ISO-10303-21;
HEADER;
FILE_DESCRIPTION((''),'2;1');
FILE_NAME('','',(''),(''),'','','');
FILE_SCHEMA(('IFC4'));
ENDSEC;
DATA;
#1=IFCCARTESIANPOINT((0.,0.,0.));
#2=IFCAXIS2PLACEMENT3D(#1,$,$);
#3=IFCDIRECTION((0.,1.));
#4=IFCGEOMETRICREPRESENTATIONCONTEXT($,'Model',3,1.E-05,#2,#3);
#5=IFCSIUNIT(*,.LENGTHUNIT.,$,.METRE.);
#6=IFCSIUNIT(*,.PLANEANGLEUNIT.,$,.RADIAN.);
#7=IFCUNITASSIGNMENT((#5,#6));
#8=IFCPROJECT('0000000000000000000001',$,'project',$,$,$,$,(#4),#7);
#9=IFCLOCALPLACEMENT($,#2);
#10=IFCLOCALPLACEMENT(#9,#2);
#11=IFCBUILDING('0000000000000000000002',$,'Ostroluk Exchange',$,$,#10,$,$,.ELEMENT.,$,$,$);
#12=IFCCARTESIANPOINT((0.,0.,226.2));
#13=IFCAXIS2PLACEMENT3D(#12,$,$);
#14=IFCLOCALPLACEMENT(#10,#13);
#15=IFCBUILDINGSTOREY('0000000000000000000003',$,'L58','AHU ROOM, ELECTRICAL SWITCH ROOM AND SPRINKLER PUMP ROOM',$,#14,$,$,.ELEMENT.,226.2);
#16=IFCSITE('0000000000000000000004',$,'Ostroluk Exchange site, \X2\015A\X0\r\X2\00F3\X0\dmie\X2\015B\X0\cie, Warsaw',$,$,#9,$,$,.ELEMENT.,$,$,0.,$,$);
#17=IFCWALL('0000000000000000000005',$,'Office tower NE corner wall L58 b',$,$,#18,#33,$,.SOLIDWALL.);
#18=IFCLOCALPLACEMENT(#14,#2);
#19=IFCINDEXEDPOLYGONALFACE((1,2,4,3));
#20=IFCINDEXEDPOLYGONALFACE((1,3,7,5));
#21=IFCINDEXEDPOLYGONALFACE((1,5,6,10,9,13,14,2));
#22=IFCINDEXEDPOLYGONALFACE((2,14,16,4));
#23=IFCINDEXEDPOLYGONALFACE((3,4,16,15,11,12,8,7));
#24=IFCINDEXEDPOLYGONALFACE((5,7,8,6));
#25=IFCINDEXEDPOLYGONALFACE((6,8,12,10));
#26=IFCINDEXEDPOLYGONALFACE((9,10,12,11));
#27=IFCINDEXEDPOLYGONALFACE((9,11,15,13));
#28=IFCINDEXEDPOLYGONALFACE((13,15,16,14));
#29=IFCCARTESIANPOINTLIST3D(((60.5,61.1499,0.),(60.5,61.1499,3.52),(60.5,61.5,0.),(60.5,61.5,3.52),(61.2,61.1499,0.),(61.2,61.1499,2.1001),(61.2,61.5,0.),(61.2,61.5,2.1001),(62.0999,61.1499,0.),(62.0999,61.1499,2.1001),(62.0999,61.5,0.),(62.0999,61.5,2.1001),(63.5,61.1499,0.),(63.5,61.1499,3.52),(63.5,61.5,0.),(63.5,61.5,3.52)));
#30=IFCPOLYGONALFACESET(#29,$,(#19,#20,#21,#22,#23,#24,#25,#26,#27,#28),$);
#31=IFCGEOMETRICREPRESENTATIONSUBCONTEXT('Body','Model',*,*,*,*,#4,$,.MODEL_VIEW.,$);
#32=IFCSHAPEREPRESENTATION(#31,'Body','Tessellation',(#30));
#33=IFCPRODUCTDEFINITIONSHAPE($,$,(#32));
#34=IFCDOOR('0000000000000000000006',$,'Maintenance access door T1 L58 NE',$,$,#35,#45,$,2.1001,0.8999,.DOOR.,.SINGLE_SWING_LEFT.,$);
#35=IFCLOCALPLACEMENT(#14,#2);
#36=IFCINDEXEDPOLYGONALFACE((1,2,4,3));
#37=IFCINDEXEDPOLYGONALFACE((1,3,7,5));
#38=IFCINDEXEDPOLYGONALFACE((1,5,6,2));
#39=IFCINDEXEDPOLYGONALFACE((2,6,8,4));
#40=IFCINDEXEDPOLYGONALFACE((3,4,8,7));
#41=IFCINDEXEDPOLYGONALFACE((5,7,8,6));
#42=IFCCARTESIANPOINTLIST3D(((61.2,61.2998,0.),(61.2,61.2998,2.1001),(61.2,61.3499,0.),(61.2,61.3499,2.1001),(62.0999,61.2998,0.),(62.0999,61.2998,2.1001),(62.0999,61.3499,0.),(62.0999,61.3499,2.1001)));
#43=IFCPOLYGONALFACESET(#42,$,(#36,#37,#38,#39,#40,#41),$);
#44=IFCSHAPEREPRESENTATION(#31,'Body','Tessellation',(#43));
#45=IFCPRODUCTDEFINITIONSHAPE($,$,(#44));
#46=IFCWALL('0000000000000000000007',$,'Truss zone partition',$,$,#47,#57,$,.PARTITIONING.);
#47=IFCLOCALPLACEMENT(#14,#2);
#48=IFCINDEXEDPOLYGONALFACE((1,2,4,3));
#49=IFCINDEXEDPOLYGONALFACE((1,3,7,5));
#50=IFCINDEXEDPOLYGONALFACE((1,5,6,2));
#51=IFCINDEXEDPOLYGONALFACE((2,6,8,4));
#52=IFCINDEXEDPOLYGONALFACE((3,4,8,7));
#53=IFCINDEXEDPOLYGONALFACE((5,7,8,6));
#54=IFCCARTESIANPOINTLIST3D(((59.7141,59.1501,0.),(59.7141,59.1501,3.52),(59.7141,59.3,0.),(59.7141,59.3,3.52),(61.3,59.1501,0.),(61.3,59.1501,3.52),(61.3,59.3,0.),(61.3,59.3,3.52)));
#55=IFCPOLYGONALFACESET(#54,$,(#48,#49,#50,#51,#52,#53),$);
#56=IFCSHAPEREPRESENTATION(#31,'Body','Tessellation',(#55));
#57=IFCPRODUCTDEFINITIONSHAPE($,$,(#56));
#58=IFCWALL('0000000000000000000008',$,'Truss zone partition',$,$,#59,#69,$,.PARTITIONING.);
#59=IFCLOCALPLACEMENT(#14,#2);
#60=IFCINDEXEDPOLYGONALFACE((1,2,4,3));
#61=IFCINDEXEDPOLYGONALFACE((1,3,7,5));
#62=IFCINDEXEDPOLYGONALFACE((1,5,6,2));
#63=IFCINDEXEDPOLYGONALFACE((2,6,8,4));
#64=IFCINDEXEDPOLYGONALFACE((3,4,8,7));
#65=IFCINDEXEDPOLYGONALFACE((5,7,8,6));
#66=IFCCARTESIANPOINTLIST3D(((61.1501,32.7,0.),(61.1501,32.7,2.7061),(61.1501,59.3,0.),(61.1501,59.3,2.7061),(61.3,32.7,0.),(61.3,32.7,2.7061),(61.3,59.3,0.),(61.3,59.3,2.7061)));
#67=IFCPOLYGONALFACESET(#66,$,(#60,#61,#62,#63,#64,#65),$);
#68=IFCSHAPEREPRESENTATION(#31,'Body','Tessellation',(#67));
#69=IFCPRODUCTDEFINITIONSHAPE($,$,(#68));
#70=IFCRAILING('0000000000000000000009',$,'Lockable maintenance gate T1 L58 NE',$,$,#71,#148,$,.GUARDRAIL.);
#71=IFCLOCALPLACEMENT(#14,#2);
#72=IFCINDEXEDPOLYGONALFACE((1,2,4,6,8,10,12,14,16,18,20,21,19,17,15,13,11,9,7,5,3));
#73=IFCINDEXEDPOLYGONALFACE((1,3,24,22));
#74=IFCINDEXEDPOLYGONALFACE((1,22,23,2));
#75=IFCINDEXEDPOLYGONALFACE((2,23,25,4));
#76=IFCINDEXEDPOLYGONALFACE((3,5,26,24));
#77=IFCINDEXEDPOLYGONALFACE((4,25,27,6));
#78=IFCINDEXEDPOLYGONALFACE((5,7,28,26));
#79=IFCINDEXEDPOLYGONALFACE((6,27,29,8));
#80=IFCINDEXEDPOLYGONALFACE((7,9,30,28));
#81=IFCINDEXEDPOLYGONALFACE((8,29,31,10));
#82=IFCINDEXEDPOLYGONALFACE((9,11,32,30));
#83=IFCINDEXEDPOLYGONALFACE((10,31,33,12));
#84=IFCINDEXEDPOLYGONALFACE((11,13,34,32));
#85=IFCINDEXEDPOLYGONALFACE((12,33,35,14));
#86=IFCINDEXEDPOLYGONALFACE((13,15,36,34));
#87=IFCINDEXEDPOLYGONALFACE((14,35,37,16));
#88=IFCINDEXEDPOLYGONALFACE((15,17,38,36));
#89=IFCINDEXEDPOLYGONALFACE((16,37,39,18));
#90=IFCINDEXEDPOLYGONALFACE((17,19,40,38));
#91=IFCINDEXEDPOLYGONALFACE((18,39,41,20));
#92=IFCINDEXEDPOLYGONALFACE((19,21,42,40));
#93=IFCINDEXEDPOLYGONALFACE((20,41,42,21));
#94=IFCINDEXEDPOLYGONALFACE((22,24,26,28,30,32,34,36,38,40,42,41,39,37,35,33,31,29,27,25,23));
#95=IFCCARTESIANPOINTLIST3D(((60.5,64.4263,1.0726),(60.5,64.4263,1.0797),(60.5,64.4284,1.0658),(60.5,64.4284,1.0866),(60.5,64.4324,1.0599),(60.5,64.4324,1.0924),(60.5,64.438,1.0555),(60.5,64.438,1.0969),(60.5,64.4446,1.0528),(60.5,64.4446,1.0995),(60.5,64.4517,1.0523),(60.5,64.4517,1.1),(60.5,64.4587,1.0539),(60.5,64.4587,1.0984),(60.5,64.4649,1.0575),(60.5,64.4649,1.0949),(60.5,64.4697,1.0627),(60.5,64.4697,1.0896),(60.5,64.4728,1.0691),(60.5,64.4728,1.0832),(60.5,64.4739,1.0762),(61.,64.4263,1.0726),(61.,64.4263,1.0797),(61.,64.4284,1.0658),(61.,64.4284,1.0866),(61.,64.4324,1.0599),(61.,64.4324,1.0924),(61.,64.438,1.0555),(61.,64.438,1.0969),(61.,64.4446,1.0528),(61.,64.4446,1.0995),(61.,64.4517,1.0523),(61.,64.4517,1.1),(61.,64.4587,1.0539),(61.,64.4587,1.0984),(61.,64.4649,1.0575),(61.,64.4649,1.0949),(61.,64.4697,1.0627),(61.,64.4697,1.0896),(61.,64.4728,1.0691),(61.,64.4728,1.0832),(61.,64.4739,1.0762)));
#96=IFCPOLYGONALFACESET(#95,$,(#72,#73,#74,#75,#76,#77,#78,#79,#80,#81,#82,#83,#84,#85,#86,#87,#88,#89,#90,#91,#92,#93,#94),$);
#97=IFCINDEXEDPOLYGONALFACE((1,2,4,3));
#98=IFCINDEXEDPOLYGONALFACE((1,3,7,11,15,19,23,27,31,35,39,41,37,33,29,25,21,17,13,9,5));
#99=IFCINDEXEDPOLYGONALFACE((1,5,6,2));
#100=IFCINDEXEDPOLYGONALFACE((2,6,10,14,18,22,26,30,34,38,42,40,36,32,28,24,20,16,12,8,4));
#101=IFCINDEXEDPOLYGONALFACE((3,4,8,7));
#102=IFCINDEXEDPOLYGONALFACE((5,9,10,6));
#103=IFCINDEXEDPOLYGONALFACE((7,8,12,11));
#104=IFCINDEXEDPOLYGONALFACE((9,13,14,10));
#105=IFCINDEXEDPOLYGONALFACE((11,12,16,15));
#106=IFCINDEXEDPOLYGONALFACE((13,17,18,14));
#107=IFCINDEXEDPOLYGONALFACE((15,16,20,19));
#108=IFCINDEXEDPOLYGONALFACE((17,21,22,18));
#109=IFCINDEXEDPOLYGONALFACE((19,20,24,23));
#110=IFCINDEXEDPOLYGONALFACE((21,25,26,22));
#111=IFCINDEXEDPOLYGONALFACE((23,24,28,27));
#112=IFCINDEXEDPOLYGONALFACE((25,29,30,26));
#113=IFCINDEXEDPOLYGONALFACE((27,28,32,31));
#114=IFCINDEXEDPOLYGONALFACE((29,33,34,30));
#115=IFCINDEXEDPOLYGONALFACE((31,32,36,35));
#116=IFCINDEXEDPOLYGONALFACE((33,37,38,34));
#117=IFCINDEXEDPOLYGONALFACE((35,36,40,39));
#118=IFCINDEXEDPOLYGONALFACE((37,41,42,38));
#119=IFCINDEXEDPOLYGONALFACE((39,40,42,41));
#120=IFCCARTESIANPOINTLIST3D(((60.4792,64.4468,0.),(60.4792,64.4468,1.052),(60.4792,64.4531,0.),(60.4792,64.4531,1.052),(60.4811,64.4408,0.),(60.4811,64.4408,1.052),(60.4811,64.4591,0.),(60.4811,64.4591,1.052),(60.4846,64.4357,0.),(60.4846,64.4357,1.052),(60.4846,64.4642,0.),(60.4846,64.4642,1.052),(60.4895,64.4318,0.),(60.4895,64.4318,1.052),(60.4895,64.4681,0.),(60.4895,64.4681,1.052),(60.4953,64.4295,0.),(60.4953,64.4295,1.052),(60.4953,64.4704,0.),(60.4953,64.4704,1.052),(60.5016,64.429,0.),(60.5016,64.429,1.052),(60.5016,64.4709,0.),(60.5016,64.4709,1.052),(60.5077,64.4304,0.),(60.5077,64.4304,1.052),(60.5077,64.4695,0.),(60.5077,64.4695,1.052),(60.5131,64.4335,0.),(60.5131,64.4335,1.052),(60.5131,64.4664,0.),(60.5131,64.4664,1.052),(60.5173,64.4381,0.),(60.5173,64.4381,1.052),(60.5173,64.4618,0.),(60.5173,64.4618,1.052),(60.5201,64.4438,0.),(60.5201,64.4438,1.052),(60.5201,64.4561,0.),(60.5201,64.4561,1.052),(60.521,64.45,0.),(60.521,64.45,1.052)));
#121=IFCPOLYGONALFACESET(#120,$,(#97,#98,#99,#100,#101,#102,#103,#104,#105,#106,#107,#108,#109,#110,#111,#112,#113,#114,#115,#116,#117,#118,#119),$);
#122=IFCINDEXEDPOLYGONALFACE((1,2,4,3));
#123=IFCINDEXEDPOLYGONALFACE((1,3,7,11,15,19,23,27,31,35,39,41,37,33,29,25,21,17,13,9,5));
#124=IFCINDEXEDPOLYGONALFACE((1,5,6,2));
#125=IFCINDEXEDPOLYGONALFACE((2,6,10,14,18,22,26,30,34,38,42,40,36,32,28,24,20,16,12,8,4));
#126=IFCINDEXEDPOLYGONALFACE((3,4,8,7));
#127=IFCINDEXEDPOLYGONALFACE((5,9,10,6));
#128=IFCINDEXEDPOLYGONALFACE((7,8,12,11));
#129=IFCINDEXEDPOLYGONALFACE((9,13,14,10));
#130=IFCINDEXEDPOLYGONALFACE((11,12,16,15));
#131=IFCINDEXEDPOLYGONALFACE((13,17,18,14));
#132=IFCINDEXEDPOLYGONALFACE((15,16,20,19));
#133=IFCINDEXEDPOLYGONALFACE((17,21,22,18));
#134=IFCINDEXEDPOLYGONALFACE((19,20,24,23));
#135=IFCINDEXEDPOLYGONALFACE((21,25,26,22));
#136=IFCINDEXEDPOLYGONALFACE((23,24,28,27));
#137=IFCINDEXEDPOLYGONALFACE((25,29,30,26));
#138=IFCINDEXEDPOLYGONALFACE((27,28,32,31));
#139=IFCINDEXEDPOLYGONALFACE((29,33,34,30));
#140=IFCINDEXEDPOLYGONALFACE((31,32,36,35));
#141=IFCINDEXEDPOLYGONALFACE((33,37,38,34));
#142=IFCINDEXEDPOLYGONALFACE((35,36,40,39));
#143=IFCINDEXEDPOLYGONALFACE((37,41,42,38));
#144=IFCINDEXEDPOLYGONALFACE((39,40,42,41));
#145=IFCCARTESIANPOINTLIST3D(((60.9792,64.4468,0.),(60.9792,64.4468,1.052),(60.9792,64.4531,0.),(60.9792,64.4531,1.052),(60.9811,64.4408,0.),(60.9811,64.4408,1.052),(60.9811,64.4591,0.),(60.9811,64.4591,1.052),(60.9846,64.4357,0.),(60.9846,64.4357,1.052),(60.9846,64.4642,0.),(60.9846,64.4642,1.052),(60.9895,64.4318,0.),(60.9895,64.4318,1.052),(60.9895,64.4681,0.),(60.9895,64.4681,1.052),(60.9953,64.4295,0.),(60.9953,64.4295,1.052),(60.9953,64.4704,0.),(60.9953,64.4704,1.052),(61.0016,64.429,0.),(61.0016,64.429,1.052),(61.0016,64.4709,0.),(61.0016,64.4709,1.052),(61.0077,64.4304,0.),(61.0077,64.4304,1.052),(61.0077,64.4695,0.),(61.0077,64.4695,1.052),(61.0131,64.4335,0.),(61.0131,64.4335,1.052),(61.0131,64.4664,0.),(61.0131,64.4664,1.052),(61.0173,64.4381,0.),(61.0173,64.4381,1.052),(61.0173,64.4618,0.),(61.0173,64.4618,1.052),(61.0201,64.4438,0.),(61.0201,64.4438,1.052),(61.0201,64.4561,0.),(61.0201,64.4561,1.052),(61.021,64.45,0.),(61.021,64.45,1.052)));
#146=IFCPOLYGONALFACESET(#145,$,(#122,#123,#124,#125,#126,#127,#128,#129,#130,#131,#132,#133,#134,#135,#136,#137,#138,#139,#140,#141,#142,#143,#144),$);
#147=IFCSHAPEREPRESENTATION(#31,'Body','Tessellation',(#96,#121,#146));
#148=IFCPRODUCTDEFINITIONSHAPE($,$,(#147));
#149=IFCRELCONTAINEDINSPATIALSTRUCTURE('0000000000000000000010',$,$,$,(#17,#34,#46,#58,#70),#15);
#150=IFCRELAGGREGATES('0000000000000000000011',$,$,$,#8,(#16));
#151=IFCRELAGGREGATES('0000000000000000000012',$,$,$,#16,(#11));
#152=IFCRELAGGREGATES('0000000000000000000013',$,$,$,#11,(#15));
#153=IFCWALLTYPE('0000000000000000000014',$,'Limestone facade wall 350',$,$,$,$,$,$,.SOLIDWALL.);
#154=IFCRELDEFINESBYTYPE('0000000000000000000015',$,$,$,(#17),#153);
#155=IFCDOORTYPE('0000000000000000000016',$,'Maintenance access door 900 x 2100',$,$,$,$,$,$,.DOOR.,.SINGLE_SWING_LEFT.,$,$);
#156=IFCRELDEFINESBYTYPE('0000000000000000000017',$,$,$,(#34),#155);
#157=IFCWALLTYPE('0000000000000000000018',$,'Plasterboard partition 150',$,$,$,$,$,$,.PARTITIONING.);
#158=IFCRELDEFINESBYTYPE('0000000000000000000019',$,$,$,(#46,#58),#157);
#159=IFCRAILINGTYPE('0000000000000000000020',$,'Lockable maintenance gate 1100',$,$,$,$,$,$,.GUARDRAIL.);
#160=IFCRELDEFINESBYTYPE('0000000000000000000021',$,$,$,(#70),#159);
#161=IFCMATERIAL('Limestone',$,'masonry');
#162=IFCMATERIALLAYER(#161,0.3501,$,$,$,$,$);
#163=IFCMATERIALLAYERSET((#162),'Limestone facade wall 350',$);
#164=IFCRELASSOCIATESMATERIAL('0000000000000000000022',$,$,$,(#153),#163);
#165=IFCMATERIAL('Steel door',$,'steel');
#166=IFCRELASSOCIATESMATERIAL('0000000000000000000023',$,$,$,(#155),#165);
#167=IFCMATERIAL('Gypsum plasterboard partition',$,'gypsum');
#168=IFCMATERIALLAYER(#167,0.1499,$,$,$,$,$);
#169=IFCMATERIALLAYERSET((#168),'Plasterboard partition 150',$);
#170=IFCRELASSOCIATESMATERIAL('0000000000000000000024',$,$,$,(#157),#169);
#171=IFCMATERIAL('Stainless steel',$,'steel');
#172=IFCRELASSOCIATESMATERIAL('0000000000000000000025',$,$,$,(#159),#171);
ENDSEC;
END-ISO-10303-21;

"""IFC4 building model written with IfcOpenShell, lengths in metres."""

from ifc_helpers import new_model, si_unit, direction, frame, frame_2d, origin, origin_2d, place, context, subcontext, project, spatial, rectangle, circle, extrude, material, layer, layer_set, type_object, element, fill, save


model = new_model("IFC4")

# Units and contexts
model_context = context("Model", 3, precision=1e-05, world=origin(), true_north=direction((0.0, 1.0)))
body_context = subcontext(model_context, "Body", "Model", "MODEL_VIEW")
ifc_project = project(units=[si_unit("LENGTHUNIT", "METRE"), si_unit("PLANEANGLEUNIT", "RADIAN")], contexts=[model_context])

# Site, building, storey
site_placement = place(None, origin())
site = spatial("IfcSite", under=ifc_project, at=site_placement, Name="Ostroluk Exchange site, Śródmieście, Warsaw", CompositionType="ELEMENT", RefElevation=0.0)
building_placement = place(site_placement, origin())
building = spatial("IfcBuilding", under=site, at=building_placement, Name="Ostroluk Exchange", CompositionType="ELEMENT")
storey_placement = place(building_placement, frame((0.0, 0.0, 226.2)))
storey = spatial("IfcBuildingStorey", under=building, at=storey_placement, Name="L58", Description="AHU ROOM, ELECTRICAL SWITCH ROOM AND SPRINKLER PUMP ROOM", CompositionType="ELEMENT", Elevation=226.2)

# Shared definitions
ifc_material_1 = material(Name="Limestone", Category="masonry")
ifc_layer_1 = layer(ifc_material_1, 0.3501)
ifc_layer_set_1 = layer_set([ifc_layer_1], Name="Limestone facade wall 350")
wall_type_1 = type_object("IfcWallType", Name="Limestone facade wall 350", PredefinedType="SOLIDWALL", material=ifc_layer_set_1)

# Wall, opening, door
wall_1_placement = place(storey_placement, frame((60.5, 61.325, 0.0), z_axis=(0.0, 0.0, 1.0), x_axis=(1.0, 0.0, 0.0)))
wall_1 = element("IfcWall", 1, at=wall_1_placement, inside=storey, type_object=wall_type_1, Name="Office tower NE corner wall L58 b", PredefinedType="SOLIDWALL", context=body_context, shape_type="SweptSolid", body=[
    extrude(rectangle(XDim=3.0, YDim=0.3501, at=frame_2d((1.5, 0.0))), origin(), (0.0, 0.0, 1.0), 3.52),
])
opening_1_placement = place(wall_1_placement, frame((0.7, 0.0, 0.0)))
opening_1 = element("IfcOpeningElement", 2, at=opening_1_placement, cuts=wall_1, PredefinedType="OPENING", context=body_context, shape_type="SweptSolid", body=[
    extrude(rectangle(XDim=0.8999, YDim=2.1001, at=frame_2d((0.45, 1.05))), frame((0.0, 0.1851, 0.0), z_axis=(0.0, -1.0, 0.0), x_axis=(1.0, 0.0, 0.0)), (0.0, 0.0, 1.0), 0.3701),
])
ifc_material_2 = material(Name="Steel door", Category="steel")
door_type = type_object("IfcDoorType", Name="Maintenance access door 900 x 2100", OperationType="SINGLE_SWING_LEFT", PredefinedType="DOOR", material=ifc_material_2)
door_placement = place(opening_1_placement, origin())
door = element("IfcDoor", 3, at=door_placement, inside=storey, type_object=door_type, Name="Maintenance access door T1 L58 NE", OperationType="SINGLE_SWING_LEFT", OverallHeight=2.1001, OverallWidth=0.8999, PredefinedType="DOOR", context=body_context, shape_type="SweptSolid", body=[
    extrude(rectangle(XDim=0.8999, YDim=2.1001, at=frame_2d((0.45, 1.05))), frame((0.0, 0.0249, 0.0), z_axis=(0.0, -1.0, 0.0), x_axis=(1.0, 0.0, 0.0)), (0.0, 0.0, 1.0), 0.05),
])
fill(opening_1, door)

# Walls
ifc_material_3 = material(Name="Gypsum plasterboard partition", Category="gypsum")
ifc_layer_2 = layer(ifc_material_3, 0.1499)
ifc_layer_set_2 = layer_set([ifc_layer_2], Name="Plasterboard partition 150")
wall_type_2 = type_object("IfcWallType", Name="Plasterboard partition 150", PredefinedType="PARTITIONING", material=ifc_layer_set_2)
wall_2_placement = place(storey_placement, frame((59.7141, 59.2251, 0.0), z_axis=(0.0, 0.0, 1.0), x_axis=(1.0, 0.0, 0.0)))
element("IfcWall", 4, at=wall_2_placement, inside=storey, type_object=wall_type_2, Name="Truss zone partition", PredefinedType="PARTITIONING", context=body_context, shape_type="SweptSolid", body=[
    extrude(rectangle(XDim=1.5859, YDim=0.1499, at=frame_2d((0.793, 0.0))), origin(), (0.0, 0.0, 1.0), 3.52),
])
wall_3_placement = place(storey_placement, frame((61.2251, 59.3, 0.0), z_axis=(0.0, 0.0, 1.0), x_axis=(0.0, -1.0, 0.0)))
element("IfcWall", 5, at=wall_3_placement, inside=storey, type_object=wall_type_2, Name="Truss zone partition", PredefinedType="PARTITIONING", context=body_context, shape_type="SweptSolid", body=[
    extrude(rectangle(XDim=26.6001, YDim=0.1499, at=frame_2d((13.3, 0.0))), origin(), (0.0, 0.0, 1.0), 2.7061),
])

# Railing
ifc_material_4 = material(Name="Stainless steel", Category="steel")
railing_type_1 = type_object("IfcRailingType", Name="Lockable maintenance gate 1100", PredefinedType="GUARDRAIL", material=ifc_material_4)
railing_1_placement = place(storey_placement, frame((60.5, 64.45, 0.0)))
element("IfcRailing", 6, at=railing_1_placement, inside=storey, type_object=railing_type_1, Name="Lockable maintenance gate T1 L58 NE", PredefinedType="GUARDRAIL", context=body_context, shape_type="SweptSolid", body=[
    extrude(circle(Radius=0.0239, at=origin_2d()), frame((0.0, 0.0, 1.0762), z_axis=(1.0, 0.0, 0.0), x_axis=(0.0, 1.0, 0.0)), (0.0, 0.0, 1.0), 0.5),
    extrude(circle(Radius=0.021, at=origin_2d()), origin(), (0.0, 0.0, 1.0), 1.052),
    extrude(circle(Radius=0.021, at=origin_2d()), frame((0.5, 0.0, 0.0)), (0.0, 0.0, 1.0), 1.052),
])

save(model, "model.ifc")
